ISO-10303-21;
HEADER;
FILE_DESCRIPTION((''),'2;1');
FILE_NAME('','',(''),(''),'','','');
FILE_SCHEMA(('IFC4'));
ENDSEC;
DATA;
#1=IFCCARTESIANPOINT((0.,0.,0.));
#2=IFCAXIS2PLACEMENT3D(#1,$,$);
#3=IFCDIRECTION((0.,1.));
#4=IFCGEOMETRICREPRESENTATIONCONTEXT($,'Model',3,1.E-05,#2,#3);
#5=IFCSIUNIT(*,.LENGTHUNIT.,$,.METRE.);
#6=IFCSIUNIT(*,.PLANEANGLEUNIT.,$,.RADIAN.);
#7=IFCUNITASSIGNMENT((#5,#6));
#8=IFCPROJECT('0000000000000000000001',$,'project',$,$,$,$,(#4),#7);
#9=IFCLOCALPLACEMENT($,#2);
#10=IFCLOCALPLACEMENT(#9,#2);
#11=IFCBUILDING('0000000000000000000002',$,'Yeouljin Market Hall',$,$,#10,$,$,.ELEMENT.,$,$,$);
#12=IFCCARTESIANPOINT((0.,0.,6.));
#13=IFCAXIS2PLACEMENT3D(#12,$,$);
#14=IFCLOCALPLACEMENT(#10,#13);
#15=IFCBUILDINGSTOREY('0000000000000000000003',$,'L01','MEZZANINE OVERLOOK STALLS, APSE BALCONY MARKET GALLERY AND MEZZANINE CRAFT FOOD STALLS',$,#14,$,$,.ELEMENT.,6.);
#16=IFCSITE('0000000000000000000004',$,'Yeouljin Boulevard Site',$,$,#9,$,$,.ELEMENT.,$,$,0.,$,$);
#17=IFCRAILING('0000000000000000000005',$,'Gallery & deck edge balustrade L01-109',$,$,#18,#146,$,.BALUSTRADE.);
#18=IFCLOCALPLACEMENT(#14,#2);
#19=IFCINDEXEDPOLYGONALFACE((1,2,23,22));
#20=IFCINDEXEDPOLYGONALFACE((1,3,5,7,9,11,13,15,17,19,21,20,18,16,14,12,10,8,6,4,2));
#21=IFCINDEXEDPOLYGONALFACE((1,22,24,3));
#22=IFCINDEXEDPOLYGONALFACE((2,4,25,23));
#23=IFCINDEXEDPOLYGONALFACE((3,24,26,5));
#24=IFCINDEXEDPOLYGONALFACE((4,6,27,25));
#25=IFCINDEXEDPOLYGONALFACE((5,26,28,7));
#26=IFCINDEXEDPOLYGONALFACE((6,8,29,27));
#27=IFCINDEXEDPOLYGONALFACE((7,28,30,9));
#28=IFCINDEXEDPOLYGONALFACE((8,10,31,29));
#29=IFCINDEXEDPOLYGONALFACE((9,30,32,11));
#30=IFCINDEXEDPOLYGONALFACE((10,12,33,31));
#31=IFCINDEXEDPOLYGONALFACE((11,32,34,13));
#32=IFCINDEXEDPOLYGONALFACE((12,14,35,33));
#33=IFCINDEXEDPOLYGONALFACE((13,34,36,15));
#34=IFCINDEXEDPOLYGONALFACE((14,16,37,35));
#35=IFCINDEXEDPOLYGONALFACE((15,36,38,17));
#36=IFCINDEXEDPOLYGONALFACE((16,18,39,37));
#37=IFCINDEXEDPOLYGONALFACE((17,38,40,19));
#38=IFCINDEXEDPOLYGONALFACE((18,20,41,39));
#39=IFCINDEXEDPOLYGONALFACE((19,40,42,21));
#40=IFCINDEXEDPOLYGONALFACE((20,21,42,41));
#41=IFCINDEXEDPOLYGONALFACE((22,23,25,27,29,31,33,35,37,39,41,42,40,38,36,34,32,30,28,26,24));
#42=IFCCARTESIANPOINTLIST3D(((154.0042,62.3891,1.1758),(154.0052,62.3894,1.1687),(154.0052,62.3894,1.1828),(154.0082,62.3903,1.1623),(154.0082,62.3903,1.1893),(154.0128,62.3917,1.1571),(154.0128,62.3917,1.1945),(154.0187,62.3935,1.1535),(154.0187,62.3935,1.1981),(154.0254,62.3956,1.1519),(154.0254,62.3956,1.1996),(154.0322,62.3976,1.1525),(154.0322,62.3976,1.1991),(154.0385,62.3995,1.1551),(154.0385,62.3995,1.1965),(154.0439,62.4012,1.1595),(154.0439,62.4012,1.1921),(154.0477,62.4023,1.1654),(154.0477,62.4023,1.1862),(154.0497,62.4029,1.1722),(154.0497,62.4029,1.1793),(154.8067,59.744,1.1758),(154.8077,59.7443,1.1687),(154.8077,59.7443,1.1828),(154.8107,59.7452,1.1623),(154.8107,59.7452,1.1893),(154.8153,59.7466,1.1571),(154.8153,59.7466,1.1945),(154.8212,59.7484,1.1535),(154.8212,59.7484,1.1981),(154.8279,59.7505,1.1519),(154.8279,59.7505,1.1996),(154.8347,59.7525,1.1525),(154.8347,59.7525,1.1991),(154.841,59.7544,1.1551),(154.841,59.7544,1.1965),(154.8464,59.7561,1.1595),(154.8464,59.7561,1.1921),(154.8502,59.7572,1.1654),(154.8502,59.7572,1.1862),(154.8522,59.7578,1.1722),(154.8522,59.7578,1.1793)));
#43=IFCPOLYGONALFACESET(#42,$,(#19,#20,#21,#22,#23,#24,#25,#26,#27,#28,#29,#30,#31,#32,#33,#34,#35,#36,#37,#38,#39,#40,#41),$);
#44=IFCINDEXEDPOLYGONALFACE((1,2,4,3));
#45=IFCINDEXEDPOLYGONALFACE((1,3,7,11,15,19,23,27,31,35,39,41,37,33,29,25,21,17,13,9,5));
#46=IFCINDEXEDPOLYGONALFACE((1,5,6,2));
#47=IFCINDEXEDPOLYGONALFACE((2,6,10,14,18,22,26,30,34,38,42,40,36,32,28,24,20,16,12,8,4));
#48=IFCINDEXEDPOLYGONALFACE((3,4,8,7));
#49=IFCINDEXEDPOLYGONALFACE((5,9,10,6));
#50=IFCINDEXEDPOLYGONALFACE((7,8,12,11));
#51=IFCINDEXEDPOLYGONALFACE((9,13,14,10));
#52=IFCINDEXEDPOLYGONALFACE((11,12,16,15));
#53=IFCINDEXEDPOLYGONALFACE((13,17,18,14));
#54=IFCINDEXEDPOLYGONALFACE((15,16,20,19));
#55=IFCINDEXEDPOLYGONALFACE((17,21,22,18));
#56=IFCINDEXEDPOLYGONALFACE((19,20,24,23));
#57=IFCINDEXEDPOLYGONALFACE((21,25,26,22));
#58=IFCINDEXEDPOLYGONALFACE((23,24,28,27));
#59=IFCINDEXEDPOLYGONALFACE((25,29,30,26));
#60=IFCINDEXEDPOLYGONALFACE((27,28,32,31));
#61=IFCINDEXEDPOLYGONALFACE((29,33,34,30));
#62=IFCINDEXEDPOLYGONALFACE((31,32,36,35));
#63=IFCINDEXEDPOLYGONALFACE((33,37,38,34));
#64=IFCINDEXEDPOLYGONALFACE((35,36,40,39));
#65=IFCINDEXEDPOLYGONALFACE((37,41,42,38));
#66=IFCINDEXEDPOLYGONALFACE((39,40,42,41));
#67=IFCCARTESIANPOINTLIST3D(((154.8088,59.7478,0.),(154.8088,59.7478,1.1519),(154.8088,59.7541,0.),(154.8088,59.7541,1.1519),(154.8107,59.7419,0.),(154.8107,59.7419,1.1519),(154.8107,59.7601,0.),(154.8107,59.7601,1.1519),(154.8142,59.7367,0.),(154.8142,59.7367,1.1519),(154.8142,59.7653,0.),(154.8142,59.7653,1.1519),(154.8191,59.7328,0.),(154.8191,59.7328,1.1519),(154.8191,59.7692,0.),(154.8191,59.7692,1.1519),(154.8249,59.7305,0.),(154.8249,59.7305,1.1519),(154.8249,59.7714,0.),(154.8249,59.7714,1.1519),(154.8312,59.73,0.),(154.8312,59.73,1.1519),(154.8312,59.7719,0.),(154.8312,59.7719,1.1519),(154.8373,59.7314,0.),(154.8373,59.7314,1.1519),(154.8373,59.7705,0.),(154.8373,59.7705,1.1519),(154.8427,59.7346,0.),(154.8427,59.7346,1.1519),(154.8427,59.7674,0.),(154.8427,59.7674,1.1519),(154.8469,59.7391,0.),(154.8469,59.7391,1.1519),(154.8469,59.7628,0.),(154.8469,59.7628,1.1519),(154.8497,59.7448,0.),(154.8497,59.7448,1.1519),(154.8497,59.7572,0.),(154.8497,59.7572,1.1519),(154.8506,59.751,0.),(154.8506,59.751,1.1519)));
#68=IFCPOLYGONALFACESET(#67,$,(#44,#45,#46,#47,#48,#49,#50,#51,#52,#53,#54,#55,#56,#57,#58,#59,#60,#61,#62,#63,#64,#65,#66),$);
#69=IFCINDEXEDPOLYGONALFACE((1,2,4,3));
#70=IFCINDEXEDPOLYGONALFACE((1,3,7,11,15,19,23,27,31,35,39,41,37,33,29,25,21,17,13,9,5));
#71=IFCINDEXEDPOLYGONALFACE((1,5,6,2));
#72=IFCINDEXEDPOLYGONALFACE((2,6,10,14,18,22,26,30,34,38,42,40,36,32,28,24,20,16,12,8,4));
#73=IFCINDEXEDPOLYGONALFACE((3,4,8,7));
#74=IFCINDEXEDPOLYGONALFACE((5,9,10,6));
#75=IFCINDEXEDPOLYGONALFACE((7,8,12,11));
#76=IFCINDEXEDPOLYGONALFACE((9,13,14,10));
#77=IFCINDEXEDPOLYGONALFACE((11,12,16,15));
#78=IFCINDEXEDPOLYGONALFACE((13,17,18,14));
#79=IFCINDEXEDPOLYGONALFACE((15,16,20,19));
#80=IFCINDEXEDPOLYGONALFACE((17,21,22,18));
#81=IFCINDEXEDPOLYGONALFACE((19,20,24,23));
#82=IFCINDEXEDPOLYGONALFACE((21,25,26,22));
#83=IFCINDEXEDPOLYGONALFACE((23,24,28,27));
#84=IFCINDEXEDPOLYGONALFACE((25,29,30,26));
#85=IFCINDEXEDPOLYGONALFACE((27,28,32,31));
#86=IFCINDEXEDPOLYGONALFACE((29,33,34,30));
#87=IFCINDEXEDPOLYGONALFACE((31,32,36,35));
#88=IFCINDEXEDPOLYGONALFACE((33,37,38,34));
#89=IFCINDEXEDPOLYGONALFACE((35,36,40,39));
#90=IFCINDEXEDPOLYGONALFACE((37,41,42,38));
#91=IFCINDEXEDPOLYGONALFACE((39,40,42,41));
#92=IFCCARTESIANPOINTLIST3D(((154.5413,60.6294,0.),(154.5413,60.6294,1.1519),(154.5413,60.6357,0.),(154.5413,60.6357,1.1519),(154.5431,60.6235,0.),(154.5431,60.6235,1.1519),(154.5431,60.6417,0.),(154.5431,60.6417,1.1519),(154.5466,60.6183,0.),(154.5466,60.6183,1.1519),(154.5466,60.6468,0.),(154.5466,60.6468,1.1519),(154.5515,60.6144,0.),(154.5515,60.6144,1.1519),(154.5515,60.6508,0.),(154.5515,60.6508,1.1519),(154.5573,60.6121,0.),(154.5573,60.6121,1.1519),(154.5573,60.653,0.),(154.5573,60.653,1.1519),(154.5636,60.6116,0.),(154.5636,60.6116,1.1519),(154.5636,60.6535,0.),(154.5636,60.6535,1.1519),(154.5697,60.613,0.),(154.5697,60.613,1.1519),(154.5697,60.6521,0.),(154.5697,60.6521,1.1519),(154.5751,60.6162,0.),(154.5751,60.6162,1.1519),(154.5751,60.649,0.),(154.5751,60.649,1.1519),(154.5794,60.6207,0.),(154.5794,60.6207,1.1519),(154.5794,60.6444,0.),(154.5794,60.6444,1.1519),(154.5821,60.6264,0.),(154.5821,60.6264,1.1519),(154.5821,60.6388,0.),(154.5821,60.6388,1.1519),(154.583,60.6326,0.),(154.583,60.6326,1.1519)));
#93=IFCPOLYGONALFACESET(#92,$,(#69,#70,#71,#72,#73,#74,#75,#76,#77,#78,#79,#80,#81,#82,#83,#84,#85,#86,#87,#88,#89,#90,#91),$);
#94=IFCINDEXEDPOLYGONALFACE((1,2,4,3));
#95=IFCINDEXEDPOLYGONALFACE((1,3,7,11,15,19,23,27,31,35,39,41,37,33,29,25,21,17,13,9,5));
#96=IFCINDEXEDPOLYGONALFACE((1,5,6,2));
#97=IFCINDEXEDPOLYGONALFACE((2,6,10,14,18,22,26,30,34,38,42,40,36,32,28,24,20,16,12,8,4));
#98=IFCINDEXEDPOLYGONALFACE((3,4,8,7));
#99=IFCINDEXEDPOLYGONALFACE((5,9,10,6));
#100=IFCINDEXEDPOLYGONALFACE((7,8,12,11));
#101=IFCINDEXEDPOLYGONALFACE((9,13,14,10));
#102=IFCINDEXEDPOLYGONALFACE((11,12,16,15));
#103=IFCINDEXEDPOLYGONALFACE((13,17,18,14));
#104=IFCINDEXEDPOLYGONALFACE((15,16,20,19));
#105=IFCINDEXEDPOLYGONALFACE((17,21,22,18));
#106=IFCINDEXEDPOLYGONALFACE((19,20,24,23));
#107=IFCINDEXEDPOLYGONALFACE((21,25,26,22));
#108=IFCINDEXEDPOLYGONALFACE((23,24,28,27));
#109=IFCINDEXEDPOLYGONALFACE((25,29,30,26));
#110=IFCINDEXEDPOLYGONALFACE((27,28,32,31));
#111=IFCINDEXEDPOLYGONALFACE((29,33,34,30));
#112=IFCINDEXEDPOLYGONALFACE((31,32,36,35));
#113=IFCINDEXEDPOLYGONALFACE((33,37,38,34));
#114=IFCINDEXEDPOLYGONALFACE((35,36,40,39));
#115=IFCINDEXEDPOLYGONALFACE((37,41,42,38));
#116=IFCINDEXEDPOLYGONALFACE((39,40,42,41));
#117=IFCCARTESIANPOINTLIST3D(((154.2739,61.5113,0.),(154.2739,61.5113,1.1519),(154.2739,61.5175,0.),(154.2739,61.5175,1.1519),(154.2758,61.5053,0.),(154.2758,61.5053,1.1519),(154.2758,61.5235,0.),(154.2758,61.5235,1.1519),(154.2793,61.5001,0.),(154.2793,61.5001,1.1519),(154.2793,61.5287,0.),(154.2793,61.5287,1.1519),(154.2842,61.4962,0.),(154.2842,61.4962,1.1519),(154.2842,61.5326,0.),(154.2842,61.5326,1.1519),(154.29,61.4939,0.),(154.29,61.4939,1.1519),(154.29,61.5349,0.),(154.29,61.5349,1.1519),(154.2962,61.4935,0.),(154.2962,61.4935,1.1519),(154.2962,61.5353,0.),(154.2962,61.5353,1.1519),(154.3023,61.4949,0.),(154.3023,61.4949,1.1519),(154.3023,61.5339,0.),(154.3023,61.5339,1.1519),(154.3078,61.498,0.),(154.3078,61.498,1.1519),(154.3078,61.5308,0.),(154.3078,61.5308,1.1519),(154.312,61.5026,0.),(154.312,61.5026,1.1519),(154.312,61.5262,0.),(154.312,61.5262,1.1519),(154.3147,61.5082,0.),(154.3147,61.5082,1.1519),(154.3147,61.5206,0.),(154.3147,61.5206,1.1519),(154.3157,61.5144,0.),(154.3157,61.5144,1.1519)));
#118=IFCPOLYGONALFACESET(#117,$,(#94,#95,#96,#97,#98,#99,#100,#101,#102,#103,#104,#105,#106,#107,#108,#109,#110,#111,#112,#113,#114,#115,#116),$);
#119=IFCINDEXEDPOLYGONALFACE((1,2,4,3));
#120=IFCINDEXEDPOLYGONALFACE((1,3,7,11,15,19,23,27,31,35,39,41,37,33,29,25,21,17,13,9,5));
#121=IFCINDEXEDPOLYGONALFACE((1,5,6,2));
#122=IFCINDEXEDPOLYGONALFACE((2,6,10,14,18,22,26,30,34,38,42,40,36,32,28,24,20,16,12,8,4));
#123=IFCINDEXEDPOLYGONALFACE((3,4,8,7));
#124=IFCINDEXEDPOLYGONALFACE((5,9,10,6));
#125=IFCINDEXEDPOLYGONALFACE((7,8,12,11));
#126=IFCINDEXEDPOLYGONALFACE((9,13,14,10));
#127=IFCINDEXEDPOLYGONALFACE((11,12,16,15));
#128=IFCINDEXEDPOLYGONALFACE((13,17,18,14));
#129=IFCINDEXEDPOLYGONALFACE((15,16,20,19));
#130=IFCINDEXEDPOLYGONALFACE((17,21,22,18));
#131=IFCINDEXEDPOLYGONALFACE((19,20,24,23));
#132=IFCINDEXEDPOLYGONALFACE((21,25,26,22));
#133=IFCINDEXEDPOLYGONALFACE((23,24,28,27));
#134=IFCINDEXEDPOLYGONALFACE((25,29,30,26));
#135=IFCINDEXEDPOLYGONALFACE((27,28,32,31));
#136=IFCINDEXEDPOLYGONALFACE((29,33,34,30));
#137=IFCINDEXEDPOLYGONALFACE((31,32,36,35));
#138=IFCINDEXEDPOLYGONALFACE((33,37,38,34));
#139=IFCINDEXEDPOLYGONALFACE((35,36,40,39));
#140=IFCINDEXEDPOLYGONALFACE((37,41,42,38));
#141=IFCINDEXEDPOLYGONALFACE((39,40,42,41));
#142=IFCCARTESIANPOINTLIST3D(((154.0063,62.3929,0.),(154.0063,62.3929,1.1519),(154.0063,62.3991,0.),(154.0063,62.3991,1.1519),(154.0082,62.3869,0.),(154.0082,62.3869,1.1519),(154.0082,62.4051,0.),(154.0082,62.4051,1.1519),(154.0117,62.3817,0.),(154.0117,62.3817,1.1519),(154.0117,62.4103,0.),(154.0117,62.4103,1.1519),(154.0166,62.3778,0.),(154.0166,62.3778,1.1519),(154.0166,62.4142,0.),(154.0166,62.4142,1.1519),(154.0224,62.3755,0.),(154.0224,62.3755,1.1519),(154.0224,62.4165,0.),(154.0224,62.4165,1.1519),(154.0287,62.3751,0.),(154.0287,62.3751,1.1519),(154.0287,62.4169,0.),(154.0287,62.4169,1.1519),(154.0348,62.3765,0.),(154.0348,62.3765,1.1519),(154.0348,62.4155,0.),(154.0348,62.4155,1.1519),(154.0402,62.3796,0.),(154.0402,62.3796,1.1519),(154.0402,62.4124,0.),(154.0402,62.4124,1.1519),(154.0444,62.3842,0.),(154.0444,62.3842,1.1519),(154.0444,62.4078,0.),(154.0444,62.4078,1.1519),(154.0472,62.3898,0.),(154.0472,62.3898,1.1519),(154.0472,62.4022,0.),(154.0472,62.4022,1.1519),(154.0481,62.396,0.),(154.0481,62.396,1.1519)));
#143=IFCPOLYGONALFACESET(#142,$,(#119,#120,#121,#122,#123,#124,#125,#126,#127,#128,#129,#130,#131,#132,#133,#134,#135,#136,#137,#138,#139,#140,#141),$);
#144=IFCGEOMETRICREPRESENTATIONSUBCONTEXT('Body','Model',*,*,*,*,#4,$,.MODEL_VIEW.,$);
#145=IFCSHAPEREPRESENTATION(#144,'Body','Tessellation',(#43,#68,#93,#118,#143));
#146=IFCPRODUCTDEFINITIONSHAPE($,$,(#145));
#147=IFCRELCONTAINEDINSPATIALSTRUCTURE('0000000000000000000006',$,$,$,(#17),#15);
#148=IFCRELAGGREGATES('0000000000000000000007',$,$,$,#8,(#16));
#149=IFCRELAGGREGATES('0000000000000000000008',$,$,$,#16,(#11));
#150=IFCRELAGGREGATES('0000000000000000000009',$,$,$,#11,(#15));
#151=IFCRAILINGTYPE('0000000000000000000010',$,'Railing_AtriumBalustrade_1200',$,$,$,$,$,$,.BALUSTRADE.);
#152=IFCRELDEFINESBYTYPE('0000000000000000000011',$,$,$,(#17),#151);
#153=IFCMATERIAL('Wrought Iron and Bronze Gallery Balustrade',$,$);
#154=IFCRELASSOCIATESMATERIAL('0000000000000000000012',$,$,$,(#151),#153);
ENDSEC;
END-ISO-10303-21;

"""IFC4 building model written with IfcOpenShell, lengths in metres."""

from ifc_helpers import new_model, si_unit, direction, frame, origin, origin_2d, place, context, subcontext, project, spatial, circle, extrude, material, type_object, element, save


model = new_model("IFC4")

# Units and contexts
model_context = context("Model", 3, precision=1e-05, world=origin(), true_north=direction((0.0, 1.0)))
body_context = subcontext(model_context, "Body", "Model", "MODEL_VIEW")
ifc_project = project(units=[si_unit("LENGTHUNIT", "METRE"), si_unit("PLANEANGLEUNIT", "RADIAN")], contexts=[model_context])

# Site, building, storey
site_placement = place(None, origin())
site = spatial("IfcSite", under=ifc_project, at=site_placement, Name="Yeouljin Boulevard Site", CompositionType="ELEMENT", RefElevation=0.0)
building_placement = place(site_placement, origin())
building = spatial("IfcBuilding", under=site, at=building_placement, Name="Yeouljin Market Hall", CompositionType="ELEMENT")
storey_placement = place(building_placement, frame((0.0, 0.0, 6.0)))
storey = spatial("IfcBuildingStorey", under=building, at=storey_placement, Name="L01", Description="MEZZANINE OVERLOOK STALLS, APSE BALCONY MARKET GALLERY AND MEZZANINE CRAFT FOOD STALLS", CompositionType="ELEMENT", Elevation=6.0)

# Railing
ifc_material_1 = material(Name="Wrought Iron and Bronze Gallery Balustrade")
railing_type = type_object("IfcRailingType", Name="Railing_AtriumBalustrade_1200", PredefinedType="BALUSTRADE", material=ifc_material_1)
railing_1_placement = place(storey_placement, frame((154.8296, 59.751, 0.0)))
element("IfcRailing", 1, at=railing_1_placement, inside=storey, type_object=railing_type, Name="Gallery & deck edge balustrade L01-109", PredefinedType="BALUSTRADE", context=body_context, shape_type="SweptSolid", body=[
    extrude(circle(Radius=0.0239, at=origin_2d()), frame((0.0, 0.0, 1.1758), z_axis=(-0.290329, 0.956927, 0.0), x_axis=(-0.956927, -0.290329, 0.0)), (0.0, 0.0, 1.0), 2.7642),
    extrude(circle(Radius=0.021, at=origin_2d()), origin(), (0.0, 0.0, 1.0), 1.1519),
    extrude(circle(Radius=0.021, at=origin_2d()), frame((-0.2676, 0.8816, 0.0)), (0.0, 0.0, 1.0), 1.1519),
    extrude(circle(Radius=0.021, at=origin_2d()), frame((-0.5349, 1.7634, 0.0)), (0.0, 0.0, 1.0), 1.1519),
    extrude(circle(Radius=0.021, at=origin_2d()), frame((-0.8025, 2.645, 0.0)), (0.0, 0.0, 1.0), 1.1519),
])

save(model, "model.ifc")
